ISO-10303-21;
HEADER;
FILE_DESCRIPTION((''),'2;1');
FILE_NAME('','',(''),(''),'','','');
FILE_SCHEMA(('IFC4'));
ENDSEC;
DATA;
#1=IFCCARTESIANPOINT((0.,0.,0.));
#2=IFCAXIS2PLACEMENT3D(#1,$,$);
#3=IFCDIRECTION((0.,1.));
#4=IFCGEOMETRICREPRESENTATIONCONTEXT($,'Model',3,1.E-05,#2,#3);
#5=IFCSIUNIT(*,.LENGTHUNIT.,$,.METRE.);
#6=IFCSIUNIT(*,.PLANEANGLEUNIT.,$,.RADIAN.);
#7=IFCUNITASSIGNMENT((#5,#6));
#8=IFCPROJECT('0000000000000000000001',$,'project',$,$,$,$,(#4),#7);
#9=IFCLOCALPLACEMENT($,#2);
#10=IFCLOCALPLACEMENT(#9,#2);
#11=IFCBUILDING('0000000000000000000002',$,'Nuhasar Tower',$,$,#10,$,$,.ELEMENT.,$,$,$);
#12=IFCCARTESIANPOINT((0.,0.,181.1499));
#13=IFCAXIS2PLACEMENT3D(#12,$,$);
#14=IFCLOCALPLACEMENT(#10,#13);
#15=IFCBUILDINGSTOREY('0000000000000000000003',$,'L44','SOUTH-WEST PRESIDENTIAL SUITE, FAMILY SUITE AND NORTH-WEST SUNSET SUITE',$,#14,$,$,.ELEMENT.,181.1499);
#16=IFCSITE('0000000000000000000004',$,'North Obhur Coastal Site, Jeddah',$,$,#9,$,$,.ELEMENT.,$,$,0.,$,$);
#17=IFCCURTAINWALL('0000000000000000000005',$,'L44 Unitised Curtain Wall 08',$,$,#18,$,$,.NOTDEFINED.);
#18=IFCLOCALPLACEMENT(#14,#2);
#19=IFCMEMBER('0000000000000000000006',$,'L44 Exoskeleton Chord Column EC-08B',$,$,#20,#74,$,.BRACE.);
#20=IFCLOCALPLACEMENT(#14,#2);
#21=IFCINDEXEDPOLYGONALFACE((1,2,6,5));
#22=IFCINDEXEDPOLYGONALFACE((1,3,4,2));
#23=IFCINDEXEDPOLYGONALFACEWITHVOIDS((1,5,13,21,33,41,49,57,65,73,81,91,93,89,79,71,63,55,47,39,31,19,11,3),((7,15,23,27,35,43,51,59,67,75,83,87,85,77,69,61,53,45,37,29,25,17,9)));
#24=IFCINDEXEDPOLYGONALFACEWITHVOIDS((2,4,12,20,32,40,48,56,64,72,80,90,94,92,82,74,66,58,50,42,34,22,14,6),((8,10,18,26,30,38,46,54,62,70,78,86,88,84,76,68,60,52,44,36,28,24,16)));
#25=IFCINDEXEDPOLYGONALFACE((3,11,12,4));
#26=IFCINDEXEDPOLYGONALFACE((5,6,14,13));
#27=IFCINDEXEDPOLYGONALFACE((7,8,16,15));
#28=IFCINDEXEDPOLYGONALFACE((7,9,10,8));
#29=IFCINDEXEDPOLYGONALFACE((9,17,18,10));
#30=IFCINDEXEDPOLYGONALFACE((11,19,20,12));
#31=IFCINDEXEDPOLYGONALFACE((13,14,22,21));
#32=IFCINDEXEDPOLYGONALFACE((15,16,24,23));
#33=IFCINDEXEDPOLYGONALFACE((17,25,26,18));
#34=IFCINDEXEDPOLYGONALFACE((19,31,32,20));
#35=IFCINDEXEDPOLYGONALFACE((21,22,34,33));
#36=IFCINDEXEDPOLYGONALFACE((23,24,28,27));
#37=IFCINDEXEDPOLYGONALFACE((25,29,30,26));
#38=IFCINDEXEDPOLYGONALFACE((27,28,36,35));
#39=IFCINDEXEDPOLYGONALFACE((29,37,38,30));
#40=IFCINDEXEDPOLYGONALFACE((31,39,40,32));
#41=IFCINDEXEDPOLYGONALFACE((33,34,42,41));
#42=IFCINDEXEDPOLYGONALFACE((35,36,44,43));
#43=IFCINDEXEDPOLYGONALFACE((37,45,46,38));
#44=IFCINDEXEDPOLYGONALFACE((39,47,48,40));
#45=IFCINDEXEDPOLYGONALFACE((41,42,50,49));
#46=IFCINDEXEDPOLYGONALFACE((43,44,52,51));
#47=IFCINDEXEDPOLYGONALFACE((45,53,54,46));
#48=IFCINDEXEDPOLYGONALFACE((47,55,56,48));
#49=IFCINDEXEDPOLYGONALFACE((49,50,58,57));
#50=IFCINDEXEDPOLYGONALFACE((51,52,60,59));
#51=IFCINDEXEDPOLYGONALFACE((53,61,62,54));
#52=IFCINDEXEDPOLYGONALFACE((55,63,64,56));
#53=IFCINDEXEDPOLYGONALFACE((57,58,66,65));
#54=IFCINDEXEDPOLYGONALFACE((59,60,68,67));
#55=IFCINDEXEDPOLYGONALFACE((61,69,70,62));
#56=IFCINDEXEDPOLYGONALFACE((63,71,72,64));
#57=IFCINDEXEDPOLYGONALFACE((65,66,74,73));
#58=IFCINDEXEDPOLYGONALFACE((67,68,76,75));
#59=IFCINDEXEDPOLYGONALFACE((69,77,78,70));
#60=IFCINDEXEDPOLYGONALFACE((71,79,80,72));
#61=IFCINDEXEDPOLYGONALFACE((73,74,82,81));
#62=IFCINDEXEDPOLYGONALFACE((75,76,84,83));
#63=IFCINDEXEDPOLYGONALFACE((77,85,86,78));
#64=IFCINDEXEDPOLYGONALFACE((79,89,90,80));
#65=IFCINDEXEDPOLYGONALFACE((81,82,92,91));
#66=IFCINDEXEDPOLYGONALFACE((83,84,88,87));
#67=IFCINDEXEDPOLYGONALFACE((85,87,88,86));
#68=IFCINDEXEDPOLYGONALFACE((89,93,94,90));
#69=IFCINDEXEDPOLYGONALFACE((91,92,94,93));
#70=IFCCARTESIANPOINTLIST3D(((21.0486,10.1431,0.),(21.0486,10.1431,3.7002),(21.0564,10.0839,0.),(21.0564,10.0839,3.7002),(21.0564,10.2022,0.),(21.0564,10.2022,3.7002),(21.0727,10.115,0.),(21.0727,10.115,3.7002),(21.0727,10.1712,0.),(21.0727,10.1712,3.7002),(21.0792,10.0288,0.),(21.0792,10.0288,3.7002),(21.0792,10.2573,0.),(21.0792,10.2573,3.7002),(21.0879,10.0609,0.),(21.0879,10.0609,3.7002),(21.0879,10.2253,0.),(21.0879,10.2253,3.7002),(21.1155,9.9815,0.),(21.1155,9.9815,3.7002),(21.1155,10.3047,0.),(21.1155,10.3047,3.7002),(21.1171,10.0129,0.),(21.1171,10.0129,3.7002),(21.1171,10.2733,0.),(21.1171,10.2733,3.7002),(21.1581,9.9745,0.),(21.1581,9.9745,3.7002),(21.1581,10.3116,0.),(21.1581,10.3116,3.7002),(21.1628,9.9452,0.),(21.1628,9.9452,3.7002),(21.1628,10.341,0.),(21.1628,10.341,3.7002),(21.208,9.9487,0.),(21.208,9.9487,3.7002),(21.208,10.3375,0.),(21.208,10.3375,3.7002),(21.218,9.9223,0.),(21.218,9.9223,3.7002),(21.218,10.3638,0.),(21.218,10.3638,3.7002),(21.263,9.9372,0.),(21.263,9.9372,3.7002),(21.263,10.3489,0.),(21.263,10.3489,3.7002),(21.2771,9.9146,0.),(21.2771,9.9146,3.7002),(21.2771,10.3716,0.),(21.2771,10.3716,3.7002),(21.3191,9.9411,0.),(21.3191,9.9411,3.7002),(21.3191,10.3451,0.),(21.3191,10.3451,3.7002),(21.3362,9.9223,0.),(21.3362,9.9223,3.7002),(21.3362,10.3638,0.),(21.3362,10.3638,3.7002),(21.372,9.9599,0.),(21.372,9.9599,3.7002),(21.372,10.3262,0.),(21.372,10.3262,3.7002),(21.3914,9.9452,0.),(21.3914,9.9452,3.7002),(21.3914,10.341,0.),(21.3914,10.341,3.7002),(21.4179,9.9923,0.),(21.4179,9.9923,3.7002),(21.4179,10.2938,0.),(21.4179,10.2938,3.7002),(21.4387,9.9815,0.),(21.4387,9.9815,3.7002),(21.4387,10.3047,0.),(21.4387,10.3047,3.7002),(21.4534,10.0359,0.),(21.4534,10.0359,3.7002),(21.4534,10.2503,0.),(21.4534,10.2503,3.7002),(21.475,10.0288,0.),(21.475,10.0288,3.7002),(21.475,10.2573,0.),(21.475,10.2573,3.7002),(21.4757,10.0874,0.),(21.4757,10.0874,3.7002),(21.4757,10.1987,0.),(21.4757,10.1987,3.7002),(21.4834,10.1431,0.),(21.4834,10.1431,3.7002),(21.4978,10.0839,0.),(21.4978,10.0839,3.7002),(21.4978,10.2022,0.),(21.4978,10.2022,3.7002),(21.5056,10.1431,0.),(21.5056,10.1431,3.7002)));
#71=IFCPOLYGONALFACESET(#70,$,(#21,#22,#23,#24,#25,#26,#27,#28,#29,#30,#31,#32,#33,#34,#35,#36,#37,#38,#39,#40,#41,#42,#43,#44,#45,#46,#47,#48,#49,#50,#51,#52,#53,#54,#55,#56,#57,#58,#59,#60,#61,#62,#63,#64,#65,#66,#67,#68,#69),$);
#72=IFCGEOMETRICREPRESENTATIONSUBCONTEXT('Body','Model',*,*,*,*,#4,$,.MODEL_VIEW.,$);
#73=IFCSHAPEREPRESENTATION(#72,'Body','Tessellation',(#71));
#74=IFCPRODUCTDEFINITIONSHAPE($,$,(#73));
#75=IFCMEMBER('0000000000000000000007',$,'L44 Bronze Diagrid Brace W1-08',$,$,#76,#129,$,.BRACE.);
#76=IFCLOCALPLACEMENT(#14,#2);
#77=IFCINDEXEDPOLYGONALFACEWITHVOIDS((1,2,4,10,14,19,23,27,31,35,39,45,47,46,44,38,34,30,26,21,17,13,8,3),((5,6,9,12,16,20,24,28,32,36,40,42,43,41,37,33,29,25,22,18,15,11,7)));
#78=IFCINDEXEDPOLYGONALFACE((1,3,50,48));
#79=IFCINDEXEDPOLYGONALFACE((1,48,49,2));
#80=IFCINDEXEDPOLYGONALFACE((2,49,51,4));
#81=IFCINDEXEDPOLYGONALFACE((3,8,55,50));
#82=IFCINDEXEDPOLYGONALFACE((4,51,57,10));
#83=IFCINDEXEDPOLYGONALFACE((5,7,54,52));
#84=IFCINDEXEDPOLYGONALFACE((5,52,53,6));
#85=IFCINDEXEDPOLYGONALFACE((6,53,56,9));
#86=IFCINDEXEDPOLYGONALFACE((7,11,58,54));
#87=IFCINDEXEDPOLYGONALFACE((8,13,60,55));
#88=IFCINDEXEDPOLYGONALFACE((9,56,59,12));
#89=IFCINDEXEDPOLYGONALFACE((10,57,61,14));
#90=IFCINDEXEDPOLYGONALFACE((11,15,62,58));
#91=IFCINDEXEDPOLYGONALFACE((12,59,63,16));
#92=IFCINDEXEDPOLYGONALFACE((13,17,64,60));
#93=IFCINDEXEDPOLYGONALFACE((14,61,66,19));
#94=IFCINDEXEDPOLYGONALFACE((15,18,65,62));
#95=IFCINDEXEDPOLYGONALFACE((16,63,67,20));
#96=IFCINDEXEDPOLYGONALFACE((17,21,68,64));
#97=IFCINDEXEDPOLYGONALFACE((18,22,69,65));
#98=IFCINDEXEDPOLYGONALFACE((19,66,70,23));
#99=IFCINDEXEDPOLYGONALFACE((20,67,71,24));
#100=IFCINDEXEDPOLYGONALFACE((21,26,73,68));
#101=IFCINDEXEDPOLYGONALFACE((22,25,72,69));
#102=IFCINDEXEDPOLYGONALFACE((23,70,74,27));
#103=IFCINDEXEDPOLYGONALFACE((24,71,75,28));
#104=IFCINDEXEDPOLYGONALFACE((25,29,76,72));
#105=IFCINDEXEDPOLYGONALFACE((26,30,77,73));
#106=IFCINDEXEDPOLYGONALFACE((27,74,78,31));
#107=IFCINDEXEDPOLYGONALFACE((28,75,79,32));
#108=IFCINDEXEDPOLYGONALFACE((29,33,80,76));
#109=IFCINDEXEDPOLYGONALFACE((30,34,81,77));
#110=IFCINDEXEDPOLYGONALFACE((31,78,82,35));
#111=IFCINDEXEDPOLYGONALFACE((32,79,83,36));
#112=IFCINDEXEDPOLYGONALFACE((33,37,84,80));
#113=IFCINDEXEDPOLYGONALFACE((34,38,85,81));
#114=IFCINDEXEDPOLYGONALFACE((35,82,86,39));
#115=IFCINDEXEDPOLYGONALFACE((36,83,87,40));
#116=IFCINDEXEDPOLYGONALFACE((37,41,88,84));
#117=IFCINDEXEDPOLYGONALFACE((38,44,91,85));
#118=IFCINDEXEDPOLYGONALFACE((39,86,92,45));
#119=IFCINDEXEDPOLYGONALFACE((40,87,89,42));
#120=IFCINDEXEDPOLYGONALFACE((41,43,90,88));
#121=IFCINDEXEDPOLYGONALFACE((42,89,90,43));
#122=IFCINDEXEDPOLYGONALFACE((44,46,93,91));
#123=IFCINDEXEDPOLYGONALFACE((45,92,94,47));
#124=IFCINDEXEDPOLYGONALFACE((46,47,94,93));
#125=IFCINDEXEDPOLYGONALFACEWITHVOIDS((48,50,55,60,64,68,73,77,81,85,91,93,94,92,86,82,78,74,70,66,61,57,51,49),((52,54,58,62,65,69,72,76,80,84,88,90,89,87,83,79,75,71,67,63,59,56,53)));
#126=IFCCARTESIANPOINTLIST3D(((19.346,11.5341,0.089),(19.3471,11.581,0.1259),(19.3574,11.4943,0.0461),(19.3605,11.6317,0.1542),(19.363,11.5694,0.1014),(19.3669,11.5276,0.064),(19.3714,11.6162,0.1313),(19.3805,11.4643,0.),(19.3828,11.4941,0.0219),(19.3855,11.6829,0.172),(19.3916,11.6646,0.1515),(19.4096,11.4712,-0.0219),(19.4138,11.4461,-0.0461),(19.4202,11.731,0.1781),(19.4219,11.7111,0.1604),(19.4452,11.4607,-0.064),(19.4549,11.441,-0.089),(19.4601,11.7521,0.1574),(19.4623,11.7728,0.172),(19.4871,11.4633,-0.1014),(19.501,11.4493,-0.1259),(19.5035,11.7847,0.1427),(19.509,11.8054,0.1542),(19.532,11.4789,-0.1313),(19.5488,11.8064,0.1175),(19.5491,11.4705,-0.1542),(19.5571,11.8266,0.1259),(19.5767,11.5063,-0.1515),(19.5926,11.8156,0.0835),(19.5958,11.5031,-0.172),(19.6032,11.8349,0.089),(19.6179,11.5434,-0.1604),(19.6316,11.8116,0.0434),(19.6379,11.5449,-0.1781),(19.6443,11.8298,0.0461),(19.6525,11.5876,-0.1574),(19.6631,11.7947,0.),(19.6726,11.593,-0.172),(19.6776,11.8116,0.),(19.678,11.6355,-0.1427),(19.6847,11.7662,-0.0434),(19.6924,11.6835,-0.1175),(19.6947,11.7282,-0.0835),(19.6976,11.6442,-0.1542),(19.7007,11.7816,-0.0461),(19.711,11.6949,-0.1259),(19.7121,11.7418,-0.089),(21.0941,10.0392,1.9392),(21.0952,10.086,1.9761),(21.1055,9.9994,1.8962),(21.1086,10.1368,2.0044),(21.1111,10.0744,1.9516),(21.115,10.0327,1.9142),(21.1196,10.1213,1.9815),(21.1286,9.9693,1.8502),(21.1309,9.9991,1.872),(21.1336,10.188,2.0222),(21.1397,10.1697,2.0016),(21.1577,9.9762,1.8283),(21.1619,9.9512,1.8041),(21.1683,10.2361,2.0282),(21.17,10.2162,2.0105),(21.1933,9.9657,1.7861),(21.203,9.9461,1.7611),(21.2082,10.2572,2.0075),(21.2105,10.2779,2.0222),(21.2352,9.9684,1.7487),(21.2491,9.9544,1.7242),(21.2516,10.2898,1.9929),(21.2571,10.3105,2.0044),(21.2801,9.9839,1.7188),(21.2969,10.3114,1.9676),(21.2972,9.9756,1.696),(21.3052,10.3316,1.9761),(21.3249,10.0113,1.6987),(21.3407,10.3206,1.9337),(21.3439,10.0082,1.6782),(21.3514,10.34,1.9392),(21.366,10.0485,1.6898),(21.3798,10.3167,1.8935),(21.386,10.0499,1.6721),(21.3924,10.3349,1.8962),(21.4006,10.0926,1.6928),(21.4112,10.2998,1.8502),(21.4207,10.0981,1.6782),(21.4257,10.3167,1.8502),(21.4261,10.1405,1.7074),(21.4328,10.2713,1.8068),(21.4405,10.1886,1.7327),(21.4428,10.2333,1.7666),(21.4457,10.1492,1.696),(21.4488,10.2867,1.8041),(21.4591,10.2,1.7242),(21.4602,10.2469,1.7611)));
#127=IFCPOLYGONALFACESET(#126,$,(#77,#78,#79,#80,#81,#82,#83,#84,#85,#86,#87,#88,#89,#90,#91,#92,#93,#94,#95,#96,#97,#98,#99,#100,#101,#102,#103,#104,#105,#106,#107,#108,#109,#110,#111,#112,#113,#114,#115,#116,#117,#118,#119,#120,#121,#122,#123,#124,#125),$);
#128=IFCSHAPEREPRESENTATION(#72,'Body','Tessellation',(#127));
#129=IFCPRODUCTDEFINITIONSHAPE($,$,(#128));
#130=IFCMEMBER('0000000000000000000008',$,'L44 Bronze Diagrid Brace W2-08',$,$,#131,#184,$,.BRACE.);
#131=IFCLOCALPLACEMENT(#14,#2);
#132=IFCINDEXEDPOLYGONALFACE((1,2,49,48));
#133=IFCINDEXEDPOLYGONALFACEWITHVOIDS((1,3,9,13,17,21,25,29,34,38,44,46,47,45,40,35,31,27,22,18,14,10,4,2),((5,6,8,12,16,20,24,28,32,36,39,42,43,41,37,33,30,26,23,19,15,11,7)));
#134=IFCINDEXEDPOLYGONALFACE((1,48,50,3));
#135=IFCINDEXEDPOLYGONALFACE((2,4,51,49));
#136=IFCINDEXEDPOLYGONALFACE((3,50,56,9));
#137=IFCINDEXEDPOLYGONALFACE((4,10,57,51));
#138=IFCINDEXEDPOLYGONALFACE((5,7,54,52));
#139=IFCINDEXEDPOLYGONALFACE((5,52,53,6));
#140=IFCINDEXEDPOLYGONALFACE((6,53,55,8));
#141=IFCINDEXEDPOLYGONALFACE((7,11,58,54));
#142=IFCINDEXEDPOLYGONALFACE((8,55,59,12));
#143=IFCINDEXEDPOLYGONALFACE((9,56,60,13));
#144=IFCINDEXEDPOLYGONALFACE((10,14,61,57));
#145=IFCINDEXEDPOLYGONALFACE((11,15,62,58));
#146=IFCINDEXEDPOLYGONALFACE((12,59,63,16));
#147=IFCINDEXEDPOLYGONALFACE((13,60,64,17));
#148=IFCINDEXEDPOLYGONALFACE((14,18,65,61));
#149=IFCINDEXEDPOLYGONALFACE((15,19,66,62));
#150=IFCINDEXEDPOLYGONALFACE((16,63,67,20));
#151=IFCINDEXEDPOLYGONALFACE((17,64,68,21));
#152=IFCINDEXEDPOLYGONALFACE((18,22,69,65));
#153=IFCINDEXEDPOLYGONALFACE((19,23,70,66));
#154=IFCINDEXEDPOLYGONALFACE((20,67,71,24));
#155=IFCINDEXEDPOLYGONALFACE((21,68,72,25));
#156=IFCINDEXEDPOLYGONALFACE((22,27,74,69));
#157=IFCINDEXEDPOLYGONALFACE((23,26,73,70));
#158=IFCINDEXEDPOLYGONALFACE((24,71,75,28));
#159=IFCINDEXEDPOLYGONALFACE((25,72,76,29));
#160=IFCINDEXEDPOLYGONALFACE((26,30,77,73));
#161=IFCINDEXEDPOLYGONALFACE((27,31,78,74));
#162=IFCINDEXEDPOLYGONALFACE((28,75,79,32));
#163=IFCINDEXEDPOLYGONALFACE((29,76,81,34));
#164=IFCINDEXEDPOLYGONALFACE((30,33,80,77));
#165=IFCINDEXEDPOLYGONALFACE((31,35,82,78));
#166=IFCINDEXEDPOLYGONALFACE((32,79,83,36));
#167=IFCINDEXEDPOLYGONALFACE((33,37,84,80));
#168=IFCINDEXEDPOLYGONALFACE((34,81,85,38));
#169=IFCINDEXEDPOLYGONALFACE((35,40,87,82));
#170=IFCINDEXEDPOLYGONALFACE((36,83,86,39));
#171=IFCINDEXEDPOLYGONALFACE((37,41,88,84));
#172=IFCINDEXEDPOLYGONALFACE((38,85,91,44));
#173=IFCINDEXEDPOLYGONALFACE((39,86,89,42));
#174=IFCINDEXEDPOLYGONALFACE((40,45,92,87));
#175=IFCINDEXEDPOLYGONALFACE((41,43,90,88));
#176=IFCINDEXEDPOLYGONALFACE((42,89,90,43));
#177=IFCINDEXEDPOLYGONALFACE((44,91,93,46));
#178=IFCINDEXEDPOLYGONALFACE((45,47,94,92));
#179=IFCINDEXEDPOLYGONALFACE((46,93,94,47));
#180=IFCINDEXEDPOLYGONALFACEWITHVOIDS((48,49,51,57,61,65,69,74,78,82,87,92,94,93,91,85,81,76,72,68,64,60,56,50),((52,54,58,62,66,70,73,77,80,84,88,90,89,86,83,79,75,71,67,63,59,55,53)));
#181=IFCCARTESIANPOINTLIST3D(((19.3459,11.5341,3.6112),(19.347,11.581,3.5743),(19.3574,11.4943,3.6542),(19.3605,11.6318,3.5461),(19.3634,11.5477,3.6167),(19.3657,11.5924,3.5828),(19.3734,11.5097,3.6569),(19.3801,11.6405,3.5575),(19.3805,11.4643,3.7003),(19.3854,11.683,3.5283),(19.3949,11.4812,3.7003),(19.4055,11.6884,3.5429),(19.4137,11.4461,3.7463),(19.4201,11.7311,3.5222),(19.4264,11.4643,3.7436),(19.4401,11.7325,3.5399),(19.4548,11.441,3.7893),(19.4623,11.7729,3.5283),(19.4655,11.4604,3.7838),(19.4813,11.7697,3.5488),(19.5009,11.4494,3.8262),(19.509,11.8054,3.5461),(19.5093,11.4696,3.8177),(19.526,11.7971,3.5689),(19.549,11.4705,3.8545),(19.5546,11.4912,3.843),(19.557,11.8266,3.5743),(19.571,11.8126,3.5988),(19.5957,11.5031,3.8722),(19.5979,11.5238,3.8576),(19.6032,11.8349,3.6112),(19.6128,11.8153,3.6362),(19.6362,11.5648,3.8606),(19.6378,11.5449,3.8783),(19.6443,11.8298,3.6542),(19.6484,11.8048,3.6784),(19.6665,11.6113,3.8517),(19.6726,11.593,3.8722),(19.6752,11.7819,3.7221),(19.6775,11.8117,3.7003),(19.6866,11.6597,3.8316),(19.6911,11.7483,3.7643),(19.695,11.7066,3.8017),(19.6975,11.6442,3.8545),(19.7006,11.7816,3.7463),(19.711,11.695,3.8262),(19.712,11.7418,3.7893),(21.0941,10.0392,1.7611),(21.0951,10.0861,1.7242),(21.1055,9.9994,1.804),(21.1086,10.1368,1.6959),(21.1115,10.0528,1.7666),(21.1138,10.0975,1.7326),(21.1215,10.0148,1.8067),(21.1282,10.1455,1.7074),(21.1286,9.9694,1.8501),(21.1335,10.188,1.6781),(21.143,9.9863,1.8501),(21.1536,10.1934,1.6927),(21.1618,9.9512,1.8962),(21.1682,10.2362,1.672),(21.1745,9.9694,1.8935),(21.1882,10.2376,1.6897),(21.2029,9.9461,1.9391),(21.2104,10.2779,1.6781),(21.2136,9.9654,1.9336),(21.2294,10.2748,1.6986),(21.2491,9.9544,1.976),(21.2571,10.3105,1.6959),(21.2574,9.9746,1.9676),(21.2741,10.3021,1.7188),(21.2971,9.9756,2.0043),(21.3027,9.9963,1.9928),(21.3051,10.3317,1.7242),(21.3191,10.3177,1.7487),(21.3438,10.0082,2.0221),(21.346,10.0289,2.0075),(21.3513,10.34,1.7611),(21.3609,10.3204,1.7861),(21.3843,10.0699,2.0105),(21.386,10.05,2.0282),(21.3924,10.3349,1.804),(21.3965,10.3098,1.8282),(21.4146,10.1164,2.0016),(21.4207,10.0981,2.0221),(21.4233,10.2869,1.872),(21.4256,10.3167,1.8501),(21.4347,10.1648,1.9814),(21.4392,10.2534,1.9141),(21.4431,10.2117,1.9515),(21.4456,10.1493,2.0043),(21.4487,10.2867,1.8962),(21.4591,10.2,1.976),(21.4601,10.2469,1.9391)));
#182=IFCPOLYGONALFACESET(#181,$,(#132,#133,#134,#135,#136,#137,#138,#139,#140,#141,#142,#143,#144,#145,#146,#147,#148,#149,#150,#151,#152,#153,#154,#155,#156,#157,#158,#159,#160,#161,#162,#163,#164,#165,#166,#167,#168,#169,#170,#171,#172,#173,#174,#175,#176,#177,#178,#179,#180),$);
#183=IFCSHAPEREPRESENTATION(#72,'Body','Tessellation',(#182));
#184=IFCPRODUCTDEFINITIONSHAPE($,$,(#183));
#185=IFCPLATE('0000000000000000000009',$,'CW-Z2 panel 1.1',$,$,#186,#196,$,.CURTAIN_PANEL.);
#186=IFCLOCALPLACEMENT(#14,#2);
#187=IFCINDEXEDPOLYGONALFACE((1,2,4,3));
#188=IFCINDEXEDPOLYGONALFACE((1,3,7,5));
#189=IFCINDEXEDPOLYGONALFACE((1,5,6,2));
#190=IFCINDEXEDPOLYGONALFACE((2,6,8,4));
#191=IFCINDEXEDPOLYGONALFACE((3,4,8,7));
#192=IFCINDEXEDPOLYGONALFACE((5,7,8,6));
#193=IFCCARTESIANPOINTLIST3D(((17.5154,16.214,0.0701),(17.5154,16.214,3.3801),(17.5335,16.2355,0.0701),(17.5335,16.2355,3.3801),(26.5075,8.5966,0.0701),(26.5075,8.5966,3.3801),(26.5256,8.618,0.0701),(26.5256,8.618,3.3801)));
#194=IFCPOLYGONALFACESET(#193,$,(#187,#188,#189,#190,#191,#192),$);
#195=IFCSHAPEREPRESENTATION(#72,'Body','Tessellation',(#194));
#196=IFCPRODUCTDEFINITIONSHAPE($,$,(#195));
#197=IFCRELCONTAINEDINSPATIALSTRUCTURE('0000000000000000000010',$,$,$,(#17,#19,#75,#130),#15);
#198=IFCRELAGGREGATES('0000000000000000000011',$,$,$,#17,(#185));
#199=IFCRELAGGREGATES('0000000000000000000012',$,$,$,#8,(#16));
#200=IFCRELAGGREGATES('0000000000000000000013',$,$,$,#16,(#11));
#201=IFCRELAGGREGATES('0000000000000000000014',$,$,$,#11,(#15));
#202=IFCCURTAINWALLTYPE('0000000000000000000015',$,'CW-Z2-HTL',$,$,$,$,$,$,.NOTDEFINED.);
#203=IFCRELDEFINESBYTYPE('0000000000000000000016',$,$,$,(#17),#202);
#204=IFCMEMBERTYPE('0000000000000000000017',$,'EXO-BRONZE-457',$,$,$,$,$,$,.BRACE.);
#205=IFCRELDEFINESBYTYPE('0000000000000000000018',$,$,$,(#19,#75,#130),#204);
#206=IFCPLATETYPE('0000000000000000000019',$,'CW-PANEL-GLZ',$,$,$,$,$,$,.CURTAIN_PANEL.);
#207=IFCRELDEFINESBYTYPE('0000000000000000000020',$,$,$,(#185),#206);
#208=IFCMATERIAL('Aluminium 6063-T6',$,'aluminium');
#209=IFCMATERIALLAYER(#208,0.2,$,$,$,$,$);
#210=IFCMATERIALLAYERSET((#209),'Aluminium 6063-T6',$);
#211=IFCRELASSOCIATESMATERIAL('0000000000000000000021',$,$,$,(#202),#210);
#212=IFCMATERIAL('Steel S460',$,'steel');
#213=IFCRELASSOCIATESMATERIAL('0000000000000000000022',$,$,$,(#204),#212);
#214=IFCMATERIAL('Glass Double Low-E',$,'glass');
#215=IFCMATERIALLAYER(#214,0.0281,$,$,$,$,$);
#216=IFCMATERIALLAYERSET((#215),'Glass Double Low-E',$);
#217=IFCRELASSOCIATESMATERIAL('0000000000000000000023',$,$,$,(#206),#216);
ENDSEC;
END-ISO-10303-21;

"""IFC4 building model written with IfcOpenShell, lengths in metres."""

from ifc_helpers import new_model, si_unit, direction, frame, origin, origin_2d, place, context, subcontext, project, spatial, rectangle, hollow_circle, extrude, material, layer, layer_set, material_profile, profile_set, type_object, element, aggregate, save


model = new_model("IFC4")

# Units and contexts
model_context = context("Model", 3, precision=1e-05, world=origin(), true_north=direction((0.0, 1.0)))
body_context = subcontext(model_context, "Body", "Model", "MODEL_VIEW")
ifc_project = project(units=[si_unit("LENGTHUNIT", "METRE"), si_unit("PLANEANGLEUNIT", "RADIAN")], contexts=[model_context])

# Site, building, storey
site_placement = place(None, origin())
site = spatial("IfcSite", under=ifc_project, at=site_placement, Name="North Obhur Coastal Site, Jeddah", CompositionType="ELEMENT", RefElevation=0.0)
building_placement = place(site_placement, origin())
building = spatial("IfcBuilding", under=site, at=building_placement, Name="Nuhasar Tower", CompositionType="ELEMENT")
storey_placement = place(building_placement, frame((0.0, 0.0, 181.1499)))
storey = spatial("IfcBuildingStorey", under=building, at=storey_placement, Name="L44", Description="SOUTH-WEST PRESIDENTIAL SUITE, FAMILY SUITE AND NORTH-WEST SUNSET SUITE", CompositionType="ELEMENT", Elevation=181.1499)

# Curtain wall
ifc_material_1 = material(Name="Aluminium 6063-T6", Category="aluminium")
ifc_layer_1 = layer(ifc_material_1, 0.2)
ifc_layer_set_1 = layer_set([ifc_layer_1], Name="Aluminium 6063-T6")
curtain_wall_type = type_object("IfcCurtainWallType", Name="CW-Z2-HTL", PredefinedType="NOTDEFINED", material=ifc_layer_set_1)
curtain_wall_1_placement = place(storey_placement, origin())
curtain_wall_1 = element("IfcCurtainWall", 1, at=curtain_wall_1_placement, inside=storey, type_object=curtain_wall_type, Name="L44 Unitised Curtain Wall 08", PredefinedType="NOTDEFINED")

# Members
ifc_material_2 = material(Name="Steel S460", Category="steel")
ifc_material_profile_1 = material_profile(ifc_material_2, hollow_circle(Radius=0.2285, WallThickness=0.0222, at=origin_2d()), Name="HSS457X22.2")
ifc_profile_set_1 = profile_set([ifc_material_profile_1], Name="Steel S460")
member_type_1 = type_object("IfcMemberType", Name="EXO-BRONZE-457", PredefinedType="BRACE", material=ifc_profile_set_1)
for number, where, z_axis, x_axis, name in (
    (2, (21.2771, 10.1431, 0.0), (0.0, 0.0, 1.0), (1.0, 0.0, 0.0), "L44 Exoskeleton Chord Column EC-08B"),
):
    element("IfcMember", number, at=place(storey_placement, frame(where, z_axis=z_axis, x_axis=x_axis)), inside=storey, type_object=member_type_1, Name=name, PredefinedType="BRACE", context=body_context, shape_type="SweptSolid", body=[
        extrude(hollow_circle(Radius=0.2285, WallThickness=0.0222, at=origin_2d()), origin(), (0.0, 0.0, 1.0), 3.7002),
    ])
for number, where, z_axis, x_axis, name in (
    (3, (19.5291, 11.6379, 0.0), (0.592195, -0.506426, 0.626767), (0.649926, 0.759998, 0.0), "L44 Bronze Diagrid Brace W1-08"),
    (4, (21.2771, 10.1431, 1.8501), (-0.592195, 0.506426, 0.626767), (-0.649926, -0.759998, 0.0), "L44 Bronze Diagrid Brace W2-08"),
):
    element("IfcMember", number, at=place(storey_placement, frame(where, z_axis=z_axis, x_axis=x_axis)), inside=storey, type_object=member_type_1, Name=name, PredefinedType="BRACE", context=body_context, shape_type="SweptSolid", body=[
        extrude(hollow_circle(Radius=0.2285, WallThickness=0.0222, at=origin_2d()), origin(), (0.0, 0.0, 1.0), 2.9519),
    ])

# Plate
ifc_material_3 = material(Name="Glass Double Low-E", Category="glass")
ifc_layer_2 = layer(ifc_material_3, 0.0281)
ifc_layer_set_2 = layer_set([ifc_layer_2], Name="Glass Double Low-E")
plate_type = type_object("IfcPlateType", Name="CW-PANEL-GLZ", PredefinedType="CURTAIN_PANEL", material=ifc_layer_set_2)
plate_placement = place(storey_placement, frame((22.0205, 12.416, 0.0701), z_axis=(0.0, 0.0, 1.0), x_axis=(0.76302, -0.646374, 0.0)))
plate = element("IfcPlate", 5, at=plate_placement, type_object=plate_type, Name="CW-Z2 panel 1.1", PredefinedType="CURTAIN_PANEL", context=body_context, shape_type="SweptSolid", body=[
    extrude(rectangle(XDim=11.7849, YDim=0.0281, at=origin_2d()), origin(), (0.0, 0.0, 1.0), 3.3101),
])
aggregate(curtain_wall_1, [plate])

save(model, "model.ifc")
